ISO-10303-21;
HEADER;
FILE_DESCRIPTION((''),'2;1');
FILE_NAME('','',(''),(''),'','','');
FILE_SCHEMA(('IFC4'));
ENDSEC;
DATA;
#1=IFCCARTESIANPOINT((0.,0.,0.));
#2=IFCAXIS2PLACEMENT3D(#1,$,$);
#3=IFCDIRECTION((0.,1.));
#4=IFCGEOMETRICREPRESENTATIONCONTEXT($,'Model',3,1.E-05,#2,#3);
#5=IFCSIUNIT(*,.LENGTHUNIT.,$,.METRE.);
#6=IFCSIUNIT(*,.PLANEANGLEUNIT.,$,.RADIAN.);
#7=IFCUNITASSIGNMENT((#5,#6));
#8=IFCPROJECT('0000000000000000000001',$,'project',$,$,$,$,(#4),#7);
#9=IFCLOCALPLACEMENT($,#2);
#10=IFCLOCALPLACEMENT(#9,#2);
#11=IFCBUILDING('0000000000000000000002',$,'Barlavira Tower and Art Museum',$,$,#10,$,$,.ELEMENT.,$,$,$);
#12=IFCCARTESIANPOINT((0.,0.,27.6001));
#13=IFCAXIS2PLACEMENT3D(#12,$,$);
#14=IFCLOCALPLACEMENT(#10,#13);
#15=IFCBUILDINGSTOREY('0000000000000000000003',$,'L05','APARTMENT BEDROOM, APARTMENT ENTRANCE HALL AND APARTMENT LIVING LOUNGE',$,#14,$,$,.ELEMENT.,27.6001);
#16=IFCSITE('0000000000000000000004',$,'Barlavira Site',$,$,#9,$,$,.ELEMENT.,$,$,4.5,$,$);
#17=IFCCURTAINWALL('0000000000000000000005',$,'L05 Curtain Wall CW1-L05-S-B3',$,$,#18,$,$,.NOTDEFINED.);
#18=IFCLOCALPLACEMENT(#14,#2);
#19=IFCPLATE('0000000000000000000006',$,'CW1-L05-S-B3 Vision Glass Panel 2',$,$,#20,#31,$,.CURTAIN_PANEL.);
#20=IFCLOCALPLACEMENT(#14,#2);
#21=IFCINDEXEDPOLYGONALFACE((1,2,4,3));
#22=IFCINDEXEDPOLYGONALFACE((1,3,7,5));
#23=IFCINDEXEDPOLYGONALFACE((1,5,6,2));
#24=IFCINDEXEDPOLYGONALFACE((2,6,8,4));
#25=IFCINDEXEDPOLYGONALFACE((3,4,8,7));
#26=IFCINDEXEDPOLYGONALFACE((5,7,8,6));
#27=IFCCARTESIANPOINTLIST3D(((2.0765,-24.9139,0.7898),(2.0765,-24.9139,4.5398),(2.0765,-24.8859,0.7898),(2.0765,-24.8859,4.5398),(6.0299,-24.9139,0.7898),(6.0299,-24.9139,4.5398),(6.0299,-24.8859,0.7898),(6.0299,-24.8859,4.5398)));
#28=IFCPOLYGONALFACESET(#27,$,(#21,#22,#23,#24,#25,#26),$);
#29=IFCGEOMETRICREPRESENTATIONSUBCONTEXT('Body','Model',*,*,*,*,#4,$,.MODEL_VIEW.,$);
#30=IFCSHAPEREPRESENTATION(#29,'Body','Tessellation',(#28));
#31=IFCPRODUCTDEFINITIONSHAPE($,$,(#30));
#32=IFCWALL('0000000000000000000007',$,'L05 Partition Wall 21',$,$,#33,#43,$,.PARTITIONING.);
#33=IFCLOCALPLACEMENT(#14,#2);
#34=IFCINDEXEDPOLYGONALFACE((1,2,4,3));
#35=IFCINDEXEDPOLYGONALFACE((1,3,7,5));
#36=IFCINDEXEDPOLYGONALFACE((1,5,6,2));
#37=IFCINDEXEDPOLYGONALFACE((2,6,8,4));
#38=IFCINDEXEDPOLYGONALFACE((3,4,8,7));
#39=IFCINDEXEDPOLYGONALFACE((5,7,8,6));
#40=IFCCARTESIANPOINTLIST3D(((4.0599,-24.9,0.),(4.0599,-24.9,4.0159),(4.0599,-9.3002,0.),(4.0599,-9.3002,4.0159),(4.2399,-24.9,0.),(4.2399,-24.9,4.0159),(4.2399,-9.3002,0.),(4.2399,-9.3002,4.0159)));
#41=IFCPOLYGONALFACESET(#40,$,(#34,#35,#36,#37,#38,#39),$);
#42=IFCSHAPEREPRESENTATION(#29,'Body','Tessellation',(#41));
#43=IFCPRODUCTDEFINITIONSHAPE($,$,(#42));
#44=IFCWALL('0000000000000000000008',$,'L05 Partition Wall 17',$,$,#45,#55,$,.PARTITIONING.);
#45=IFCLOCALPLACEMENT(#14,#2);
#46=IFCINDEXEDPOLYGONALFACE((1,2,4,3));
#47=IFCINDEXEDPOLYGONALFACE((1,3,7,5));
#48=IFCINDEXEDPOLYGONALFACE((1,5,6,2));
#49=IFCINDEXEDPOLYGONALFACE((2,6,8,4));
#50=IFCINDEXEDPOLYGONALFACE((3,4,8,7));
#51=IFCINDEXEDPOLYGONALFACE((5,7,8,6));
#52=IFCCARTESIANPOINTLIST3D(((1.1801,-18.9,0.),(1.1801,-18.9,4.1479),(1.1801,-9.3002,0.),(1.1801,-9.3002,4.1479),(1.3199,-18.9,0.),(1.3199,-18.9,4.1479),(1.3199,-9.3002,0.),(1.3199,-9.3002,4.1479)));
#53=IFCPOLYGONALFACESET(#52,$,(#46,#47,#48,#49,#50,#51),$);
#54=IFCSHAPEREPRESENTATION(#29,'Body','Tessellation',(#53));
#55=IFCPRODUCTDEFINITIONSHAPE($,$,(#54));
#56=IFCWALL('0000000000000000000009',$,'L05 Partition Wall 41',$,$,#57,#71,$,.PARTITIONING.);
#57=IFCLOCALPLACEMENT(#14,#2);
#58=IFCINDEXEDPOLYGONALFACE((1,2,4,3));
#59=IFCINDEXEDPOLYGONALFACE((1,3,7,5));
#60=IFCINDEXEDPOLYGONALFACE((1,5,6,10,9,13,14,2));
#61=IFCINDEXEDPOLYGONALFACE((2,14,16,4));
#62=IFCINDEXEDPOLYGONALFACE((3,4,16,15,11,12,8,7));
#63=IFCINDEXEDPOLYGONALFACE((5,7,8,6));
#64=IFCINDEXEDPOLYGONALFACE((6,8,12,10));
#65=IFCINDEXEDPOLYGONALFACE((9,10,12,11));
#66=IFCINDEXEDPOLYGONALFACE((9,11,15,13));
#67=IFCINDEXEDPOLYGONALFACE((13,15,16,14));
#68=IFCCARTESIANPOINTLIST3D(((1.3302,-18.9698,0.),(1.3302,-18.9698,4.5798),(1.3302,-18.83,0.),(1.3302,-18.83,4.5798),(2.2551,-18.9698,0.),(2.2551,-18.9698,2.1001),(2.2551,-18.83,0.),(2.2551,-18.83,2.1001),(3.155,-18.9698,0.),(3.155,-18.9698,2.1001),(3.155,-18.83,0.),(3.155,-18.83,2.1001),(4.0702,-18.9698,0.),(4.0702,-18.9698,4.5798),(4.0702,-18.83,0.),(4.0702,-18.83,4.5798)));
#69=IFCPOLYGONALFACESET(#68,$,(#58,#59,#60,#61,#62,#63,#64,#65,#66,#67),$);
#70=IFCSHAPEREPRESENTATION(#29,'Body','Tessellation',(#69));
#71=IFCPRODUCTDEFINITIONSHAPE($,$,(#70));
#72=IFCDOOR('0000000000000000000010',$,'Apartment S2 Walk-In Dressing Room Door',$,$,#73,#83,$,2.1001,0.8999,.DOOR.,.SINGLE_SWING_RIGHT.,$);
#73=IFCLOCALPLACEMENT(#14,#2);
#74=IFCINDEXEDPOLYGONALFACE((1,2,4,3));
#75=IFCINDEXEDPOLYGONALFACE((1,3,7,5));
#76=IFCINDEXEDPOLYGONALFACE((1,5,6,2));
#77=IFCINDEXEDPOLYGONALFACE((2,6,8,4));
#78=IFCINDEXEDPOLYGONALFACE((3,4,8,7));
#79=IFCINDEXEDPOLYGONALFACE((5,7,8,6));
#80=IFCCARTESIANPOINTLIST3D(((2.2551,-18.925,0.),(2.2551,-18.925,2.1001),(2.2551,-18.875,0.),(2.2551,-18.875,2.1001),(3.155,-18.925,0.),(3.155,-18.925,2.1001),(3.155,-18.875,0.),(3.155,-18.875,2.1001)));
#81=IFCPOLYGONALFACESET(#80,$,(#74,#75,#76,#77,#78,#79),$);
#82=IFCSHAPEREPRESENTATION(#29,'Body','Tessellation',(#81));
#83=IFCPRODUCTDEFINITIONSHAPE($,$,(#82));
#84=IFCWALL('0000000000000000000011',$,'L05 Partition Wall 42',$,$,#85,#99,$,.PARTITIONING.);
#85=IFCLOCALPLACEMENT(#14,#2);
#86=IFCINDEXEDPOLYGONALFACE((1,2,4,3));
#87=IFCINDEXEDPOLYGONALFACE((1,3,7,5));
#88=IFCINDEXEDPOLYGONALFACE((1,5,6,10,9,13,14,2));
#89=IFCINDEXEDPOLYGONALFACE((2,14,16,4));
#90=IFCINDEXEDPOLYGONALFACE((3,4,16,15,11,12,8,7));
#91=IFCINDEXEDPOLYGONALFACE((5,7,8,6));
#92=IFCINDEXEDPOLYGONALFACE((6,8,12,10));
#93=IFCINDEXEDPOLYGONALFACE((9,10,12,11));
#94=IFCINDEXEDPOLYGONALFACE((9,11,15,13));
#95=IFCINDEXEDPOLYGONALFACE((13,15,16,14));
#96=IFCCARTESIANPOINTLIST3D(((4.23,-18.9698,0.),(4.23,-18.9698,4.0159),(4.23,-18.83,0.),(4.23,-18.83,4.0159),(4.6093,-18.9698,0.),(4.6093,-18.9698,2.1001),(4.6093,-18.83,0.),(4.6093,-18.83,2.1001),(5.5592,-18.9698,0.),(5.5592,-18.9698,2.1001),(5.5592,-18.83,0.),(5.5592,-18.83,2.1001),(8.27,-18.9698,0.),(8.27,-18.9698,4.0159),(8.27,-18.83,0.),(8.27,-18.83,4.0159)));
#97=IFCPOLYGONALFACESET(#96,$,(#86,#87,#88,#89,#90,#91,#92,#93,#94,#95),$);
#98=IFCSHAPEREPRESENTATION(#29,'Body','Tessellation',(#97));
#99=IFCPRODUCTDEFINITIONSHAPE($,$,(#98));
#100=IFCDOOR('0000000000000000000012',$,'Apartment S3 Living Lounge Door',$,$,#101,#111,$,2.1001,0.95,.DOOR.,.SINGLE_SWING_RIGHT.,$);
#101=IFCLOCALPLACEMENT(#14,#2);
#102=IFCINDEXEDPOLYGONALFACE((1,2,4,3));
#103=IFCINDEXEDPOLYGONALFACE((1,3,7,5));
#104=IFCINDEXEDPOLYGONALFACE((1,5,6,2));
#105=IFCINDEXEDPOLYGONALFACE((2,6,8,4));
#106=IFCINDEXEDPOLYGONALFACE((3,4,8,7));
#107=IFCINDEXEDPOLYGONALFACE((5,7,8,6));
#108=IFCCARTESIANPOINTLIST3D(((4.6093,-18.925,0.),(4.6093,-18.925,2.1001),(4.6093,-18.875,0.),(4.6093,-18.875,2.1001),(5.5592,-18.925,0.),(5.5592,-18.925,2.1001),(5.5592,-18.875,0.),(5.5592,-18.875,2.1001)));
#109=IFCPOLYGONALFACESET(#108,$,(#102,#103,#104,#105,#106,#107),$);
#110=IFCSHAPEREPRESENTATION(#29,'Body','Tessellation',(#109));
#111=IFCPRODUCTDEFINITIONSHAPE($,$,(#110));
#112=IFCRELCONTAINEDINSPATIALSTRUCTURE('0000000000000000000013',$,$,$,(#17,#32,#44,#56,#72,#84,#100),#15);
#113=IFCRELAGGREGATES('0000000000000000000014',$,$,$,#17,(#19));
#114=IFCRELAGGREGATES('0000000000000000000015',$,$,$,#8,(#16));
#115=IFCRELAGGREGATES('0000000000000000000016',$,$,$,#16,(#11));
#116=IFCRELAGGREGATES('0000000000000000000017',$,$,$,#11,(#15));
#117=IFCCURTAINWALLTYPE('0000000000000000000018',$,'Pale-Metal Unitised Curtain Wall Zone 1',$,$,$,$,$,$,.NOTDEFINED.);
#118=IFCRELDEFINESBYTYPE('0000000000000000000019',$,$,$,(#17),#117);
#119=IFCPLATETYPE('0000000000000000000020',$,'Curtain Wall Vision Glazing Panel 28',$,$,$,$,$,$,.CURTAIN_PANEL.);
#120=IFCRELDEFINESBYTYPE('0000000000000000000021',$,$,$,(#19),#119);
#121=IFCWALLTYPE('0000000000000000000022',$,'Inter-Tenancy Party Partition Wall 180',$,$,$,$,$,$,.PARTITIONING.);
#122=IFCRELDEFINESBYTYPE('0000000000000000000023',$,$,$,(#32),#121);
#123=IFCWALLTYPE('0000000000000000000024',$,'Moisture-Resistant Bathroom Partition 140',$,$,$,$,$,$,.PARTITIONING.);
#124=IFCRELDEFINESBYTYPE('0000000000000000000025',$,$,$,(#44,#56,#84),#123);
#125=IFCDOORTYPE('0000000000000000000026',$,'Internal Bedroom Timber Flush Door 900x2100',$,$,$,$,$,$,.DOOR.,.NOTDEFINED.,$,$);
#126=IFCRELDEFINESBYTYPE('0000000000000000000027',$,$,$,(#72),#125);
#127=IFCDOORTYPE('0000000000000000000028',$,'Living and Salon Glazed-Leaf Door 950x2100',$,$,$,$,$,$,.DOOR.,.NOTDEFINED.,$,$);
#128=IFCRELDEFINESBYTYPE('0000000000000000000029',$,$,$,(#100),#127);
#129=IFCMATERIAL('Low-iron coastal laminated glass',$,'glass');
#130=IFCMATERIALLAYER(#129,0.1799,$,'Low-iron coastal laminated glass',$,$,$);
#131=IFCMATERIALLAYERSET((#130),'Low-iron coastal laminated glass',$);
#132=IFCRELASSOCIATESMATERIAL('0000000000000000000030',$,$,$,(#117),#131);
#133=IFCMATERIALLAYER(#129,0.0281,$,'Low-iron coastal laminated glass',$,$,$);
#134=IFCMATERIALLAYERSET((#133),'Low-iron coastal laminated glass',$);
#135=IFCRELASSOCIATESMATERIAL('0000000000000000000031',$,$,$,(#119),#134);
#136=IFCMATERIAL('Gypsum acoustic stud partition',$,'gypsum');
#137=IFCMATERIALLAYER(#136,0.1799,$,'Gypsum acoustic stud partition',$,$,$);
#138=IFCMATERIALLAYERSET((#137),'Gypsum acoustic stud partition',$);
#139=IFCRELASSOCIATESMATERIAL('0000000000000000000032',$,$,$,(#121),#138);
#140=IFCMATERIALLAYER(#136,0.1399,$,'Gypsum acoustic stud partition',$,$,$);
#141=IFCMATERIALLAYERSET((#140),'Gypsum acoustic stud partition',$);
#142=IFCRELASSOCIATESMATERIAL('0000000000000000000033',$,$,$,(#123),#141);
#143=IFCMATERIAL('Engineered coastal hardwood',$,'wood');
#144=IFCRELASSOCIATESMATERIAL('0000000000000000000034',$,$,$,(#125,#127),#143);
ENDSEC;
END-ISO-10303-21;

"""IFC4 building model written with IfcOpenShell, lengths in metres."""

from ifc_helpers import new_model, si_unit, direction, frame, frame_2d, origin, origin_2d, place, context, subcontext, project, spatial, rectangle, extrude, material, layer, layer_set, type_object, element, fill, aggregate, save


model = new_model("IFC4")

# Units and contexts
model_context = context("Model", 3, precision=1e-05, world=origin(), true_north=direction((0.0, 1.0)))
body_context = subcontext(model_context, "Body", "Model", "MODEL_VIEW")
ifc_project = project(units=[si_unit("LENGTHUNIT", "METRE"), si_unit("PLANEANGLEUNIT", "RADIAN")], contexts=[model_context])

# Site, building, storey
site_placement = place(None, origin())
site = spatial("IfcSite", under=ifc_project, at=site_placement, Name="Barlavira Site", CompositionType="ELEMENT", RefElevation=4.5)
building_placement = place(site_placement, origin())
building = spatial("IfcBuilding", under=site, at=building_placement, Name="Barlavira Tower and Art Museum", CompositionType="ELEMENT")
storey_placement = place(building_placement, frame((0.0, 0.0, 27.6001)))
storey = spatial("IfcBuildingStorey", under=building, at=storey_placement, Name="L05", Description="APARTMENT BEDROOM, APARTMENT ENTRANCE HALL AND APARTMENT LIVING LOUNGE", CompositionType="ELEMENT", Elevation=27.6001)

# Curtain wall
ifc_material_1 = material(Name="Low-iron coastal laminated glass", Category="glass")
ifc_layer_1 = layer(ifc_material_1, 0.1799, Name="Low-iron coastal laminated glass")
ifc_layer_set_1 = layer_set([ifc_layer_1], Name="Low-iron coastal laminated glass")
curtain_wall_type = type_object("IfcCurtainWallType", Name="Pale-Metal Unitised Curtain Wall Zone 1", PredefinedType="NOTDEFINED", material=ifc_layer_set_1)
curtain_wall_placement = place(storey_placement, origin())
curtain_wall = element("IfcCurtainWall", 1, at=curtain_wall_placement, inside=storey, type_object=curtain_wall_type, Name="L05 Curtain Wall CW1-L05-S-B3", PredefinedType="NOTDEFINED")

# Plate
ifc_layer_2 = layer(ifc_material_1, 0.0281, Name="Low-iron coastal laminated glass")
ifc_layer_set_2 = layer_set([ifc_layer_2], Name="Low-iron coastal laminated glass")
plate_type_1 = type_object("IfcPlateType", Name="Curtain Wall Vision Glazing Panel 28", PredefinedType="CURTAIN_PANEL", material=ifc_layer_set_2)
plate_1_placement = place(storey_placement, frame((4.0532, -24.8999, 0.7898), z_axis=(0.0, 0.0, 1.0), x_axis=(1.0, 0.0, 0.0)))
plate_1 = element("IfcPlate", 2, at=plate_1_placement, type_object=plate_type_1, Name="CW1-L05-S-B3 Vision Glass Panel 2", PredefinedType="CURTAIN_PANEL", context=body_context, shape_type="SweptSolid", body=[
    extrude(rectangle(XDim=3.9534, YDim=0.0281, at=origin_2d()), origin(), (0.0, 0.0, 1.0), 3.75),
])
aggregate(curtain_wall, [plate_1])

# Walls
ifc_material_2 = material(Name="Gypsum acoustic stud partition", Category="gypsum")
ifc_layer_3 = layer(ifc_material_2, 0.1799, Name="Gypsum acoustic stud partition")
ifc_layer_set_3 = layer_set([ifc_layer_3], Name="Gypsum acoustic stud partition")
wall_type_1 = type_object("IfcWallType", Name="Inter-Tenancy Party Partition Wall 180", PredefinedType="PARTITIONING", material=ifc_layer_set_3)
wall_1_placement = place(storey_placement, frame((4.1499, -24.8999, 0.0), z_axis=(0.0, 0.0, 1.0), x_axis=(0.0, 1.0, 0.0)))
element("IfcWall", 3, at=wall_1_placement, inside=storey, type_object=wall_type_1, Name="L05 Partition Wall 21", PredefinedType="PARTITIONING", context=body_context, shape_type="SweptSolid", body=[
    extrude(rectangle(XDim=15.5999, YDim=0.1799, at=frame_2d((7.7998, 0.0))), origin(), (0.0, 0.0, 1.0), 4.0159),
])
ifc_layer_4 = layer(ifc_material_2, 0.1399, Name="Gypsum acoustic stud partition")
ifc_layer_set_4 = layer_set([ifc_layer_4], Name="Gypsum acoustic stud partition")
wall_type_2 = type_object("IfcWallType", Name="Moisture-Resistant Bathroom Partition 140", PredefinedType="PARTITIONING", material=ifc_layer_set_4)
wall_2_placement = place(storey_placement, frame((1.25, -18.8999, 0.0), z_axis=(0.0, 0.0, 1.0), x_axis=(0.0, 1.0, 0.0)))
element("IfcWall", 4, at=wall_2_placement, inside=storey, type_object=wall_type_2, Name="L05 Partition Wall 17", PredefinedType="PARTITIONING", context=body_context, shape_type="SweptSolid", body=[
    extrude(rectangle(XDim=9.5999, YDim=0.1399, at=frame_2d((4.7998, 0.0))), origin(), (0.0, 0.0, 1.0), 4.1479),
])

# Walls, openings, doors
wall_3_placement = place(storey_placement, frame((1.3301, -18.8999, 0.0), z_axis=(0.0, 0.0, 1.0), x_axis=(1.0, 0.0, 0.0)))
wall_3 = element("IfcWall", 5, at=wall_3_placement, inside=storey, type_object=wall_type_2, Name="L05 Partition Wall 41", PredefinedType="PARTITIONING", context=body_context, shape_type="SweptSolid", body=[
    extrude(rectangle(XDim=2.74, YDim=0.1399, at=frame_2d((1.3701, 0.0))), origin(), (0.0, 0.0, 1.0), 4.5798),
])
opening_1_placement = place(wall_3_placement, frame((0.925, 0.0, 0.0)))
opening_1 = element("IfcOpeningElement", 6, at=opening_1_placement, cuts=wall_3, PredefinedType="OPENING", context=body_context, shape_type="SweptSolid", body=[
    extrude(rectangle(XDim=0.8999, YDim=2.1001, at=frame_2d((0.45, 1.05))), frame((0.0, 0.0801, 0.0), z_axis=(0.0, -1.0, 0.0), x_axis=(1.0, 0.0, 0.0)), (0.0, 0.0, 1.0), 0.1599),
])
ifc_material_3 = material(Name="Engineered coastal hardwood", Category="wood")
door_type_1 = type_object("IfcDoorType", Name="Internal Bedroom Timber Flush Door 900x2100", OperationType="NOTDEFINED", PredefinedType="DOOR", material=ifc_material_3)
door_1_placement = place(opening_1_placement, origin())
door_1 = element("IfcDoor", 7, at=door_1_placement, inside=storey, type_object=door_type_1, Name="Apartment S2 Walk-In Dressing Room Door", OperationType="SINGLE_SWING_RIGHT", OverallHeight=2.1001, OverallWidth=0.8999, PredefinedType="DOOR", context=body_context, shape_type="SweptSolid", body=[
    extrude(rectangle(XDim=0.8999, YDim=2.1001, at=frame_2d((0.45, 1.05))), frame((0.0, 0.0249, 0.0), z_axis=(0.0, -1.0, 0.0), x_axis=(1.0, 0.0, 0.0)), (0.0, 0.0, 1.0), 0.05),
])
fill(opening_1, door_1)
wall_4_placement = place(storey_placement, frame((4.23, -18.8999, 0.0), z_axis=(0.0, 0.0, 1.0), x_axis=(1.0, 0.0, 0.0)))
wall_4 = element("IfcWall", 8, at=wall_4_placement, inside=storey, type_object=wall_type_2, Name="L05 Partition Wall 42", PredefinedType="PARTITIONING", context=body_context, shape_type="SweptSolid", body=[
    extrude(rectangle(XDim=4.04, YDim=0.1399, at=frame_2d((2.02, 0.0))), origin(), (0.0, 0.0, 1.0), 4.0159),
])
opening_2_placement = place(wall_4_placement, frame((0.3792, 0.0, 0.0)))
opening_2 = element("IfcOpeningElement", 9, at=opening_2_placement, cuts=wall_4, PredefinedType="OPENING", context=body_context, shape_type="SweptSolid", body=[
    extrude(rectangle(XDim=0.95, YDim=2.1001, at=frame_2d((0.4751, 1.05))), frame((0.0, 0.0801, 0.0), z_axis=(0.0, -1.0, 0.0), x_axis=(1.0, 0.0, 0.0)), (0.0, 0.0, 1.0), 0.1599),
])
door_type_2 = type_object("IfcDoorType", Name="Living and Salon Glazed-Leaf Door 950x2100", OperationType="NOTDEFINED", PredefinedType="DOOR", material=ifc_material_3)
door_2_placement = place(opening_2_placement, origin())
door_2 = element("IfcDoor", 10, at=door_2_placement, inside=storey, type_object=door_type_2, Name="Apartment S3 Living Lounge Door", OperationType="SINGLE_SWING_RIGHT", OverallHeight=2.1001, OverallWidth=0.95, PredefinedType="DOOR", context=body_context, shape_type="SweptSolid", body=[
    extrude(rectangle(XDim=0.95, YDim=2.1001, at=frame_2d((0.4751, 1.05))), frame((0.0, 0.0249, 0.0), z_axis=(0.0, -1.0, 0.0), x_axis=(1.0, 0.0, 0.0)), (0.0, 0.0, 1.0), 0.05),
])
fill(opening_2, door_2)

save(model, "model.ifc")
